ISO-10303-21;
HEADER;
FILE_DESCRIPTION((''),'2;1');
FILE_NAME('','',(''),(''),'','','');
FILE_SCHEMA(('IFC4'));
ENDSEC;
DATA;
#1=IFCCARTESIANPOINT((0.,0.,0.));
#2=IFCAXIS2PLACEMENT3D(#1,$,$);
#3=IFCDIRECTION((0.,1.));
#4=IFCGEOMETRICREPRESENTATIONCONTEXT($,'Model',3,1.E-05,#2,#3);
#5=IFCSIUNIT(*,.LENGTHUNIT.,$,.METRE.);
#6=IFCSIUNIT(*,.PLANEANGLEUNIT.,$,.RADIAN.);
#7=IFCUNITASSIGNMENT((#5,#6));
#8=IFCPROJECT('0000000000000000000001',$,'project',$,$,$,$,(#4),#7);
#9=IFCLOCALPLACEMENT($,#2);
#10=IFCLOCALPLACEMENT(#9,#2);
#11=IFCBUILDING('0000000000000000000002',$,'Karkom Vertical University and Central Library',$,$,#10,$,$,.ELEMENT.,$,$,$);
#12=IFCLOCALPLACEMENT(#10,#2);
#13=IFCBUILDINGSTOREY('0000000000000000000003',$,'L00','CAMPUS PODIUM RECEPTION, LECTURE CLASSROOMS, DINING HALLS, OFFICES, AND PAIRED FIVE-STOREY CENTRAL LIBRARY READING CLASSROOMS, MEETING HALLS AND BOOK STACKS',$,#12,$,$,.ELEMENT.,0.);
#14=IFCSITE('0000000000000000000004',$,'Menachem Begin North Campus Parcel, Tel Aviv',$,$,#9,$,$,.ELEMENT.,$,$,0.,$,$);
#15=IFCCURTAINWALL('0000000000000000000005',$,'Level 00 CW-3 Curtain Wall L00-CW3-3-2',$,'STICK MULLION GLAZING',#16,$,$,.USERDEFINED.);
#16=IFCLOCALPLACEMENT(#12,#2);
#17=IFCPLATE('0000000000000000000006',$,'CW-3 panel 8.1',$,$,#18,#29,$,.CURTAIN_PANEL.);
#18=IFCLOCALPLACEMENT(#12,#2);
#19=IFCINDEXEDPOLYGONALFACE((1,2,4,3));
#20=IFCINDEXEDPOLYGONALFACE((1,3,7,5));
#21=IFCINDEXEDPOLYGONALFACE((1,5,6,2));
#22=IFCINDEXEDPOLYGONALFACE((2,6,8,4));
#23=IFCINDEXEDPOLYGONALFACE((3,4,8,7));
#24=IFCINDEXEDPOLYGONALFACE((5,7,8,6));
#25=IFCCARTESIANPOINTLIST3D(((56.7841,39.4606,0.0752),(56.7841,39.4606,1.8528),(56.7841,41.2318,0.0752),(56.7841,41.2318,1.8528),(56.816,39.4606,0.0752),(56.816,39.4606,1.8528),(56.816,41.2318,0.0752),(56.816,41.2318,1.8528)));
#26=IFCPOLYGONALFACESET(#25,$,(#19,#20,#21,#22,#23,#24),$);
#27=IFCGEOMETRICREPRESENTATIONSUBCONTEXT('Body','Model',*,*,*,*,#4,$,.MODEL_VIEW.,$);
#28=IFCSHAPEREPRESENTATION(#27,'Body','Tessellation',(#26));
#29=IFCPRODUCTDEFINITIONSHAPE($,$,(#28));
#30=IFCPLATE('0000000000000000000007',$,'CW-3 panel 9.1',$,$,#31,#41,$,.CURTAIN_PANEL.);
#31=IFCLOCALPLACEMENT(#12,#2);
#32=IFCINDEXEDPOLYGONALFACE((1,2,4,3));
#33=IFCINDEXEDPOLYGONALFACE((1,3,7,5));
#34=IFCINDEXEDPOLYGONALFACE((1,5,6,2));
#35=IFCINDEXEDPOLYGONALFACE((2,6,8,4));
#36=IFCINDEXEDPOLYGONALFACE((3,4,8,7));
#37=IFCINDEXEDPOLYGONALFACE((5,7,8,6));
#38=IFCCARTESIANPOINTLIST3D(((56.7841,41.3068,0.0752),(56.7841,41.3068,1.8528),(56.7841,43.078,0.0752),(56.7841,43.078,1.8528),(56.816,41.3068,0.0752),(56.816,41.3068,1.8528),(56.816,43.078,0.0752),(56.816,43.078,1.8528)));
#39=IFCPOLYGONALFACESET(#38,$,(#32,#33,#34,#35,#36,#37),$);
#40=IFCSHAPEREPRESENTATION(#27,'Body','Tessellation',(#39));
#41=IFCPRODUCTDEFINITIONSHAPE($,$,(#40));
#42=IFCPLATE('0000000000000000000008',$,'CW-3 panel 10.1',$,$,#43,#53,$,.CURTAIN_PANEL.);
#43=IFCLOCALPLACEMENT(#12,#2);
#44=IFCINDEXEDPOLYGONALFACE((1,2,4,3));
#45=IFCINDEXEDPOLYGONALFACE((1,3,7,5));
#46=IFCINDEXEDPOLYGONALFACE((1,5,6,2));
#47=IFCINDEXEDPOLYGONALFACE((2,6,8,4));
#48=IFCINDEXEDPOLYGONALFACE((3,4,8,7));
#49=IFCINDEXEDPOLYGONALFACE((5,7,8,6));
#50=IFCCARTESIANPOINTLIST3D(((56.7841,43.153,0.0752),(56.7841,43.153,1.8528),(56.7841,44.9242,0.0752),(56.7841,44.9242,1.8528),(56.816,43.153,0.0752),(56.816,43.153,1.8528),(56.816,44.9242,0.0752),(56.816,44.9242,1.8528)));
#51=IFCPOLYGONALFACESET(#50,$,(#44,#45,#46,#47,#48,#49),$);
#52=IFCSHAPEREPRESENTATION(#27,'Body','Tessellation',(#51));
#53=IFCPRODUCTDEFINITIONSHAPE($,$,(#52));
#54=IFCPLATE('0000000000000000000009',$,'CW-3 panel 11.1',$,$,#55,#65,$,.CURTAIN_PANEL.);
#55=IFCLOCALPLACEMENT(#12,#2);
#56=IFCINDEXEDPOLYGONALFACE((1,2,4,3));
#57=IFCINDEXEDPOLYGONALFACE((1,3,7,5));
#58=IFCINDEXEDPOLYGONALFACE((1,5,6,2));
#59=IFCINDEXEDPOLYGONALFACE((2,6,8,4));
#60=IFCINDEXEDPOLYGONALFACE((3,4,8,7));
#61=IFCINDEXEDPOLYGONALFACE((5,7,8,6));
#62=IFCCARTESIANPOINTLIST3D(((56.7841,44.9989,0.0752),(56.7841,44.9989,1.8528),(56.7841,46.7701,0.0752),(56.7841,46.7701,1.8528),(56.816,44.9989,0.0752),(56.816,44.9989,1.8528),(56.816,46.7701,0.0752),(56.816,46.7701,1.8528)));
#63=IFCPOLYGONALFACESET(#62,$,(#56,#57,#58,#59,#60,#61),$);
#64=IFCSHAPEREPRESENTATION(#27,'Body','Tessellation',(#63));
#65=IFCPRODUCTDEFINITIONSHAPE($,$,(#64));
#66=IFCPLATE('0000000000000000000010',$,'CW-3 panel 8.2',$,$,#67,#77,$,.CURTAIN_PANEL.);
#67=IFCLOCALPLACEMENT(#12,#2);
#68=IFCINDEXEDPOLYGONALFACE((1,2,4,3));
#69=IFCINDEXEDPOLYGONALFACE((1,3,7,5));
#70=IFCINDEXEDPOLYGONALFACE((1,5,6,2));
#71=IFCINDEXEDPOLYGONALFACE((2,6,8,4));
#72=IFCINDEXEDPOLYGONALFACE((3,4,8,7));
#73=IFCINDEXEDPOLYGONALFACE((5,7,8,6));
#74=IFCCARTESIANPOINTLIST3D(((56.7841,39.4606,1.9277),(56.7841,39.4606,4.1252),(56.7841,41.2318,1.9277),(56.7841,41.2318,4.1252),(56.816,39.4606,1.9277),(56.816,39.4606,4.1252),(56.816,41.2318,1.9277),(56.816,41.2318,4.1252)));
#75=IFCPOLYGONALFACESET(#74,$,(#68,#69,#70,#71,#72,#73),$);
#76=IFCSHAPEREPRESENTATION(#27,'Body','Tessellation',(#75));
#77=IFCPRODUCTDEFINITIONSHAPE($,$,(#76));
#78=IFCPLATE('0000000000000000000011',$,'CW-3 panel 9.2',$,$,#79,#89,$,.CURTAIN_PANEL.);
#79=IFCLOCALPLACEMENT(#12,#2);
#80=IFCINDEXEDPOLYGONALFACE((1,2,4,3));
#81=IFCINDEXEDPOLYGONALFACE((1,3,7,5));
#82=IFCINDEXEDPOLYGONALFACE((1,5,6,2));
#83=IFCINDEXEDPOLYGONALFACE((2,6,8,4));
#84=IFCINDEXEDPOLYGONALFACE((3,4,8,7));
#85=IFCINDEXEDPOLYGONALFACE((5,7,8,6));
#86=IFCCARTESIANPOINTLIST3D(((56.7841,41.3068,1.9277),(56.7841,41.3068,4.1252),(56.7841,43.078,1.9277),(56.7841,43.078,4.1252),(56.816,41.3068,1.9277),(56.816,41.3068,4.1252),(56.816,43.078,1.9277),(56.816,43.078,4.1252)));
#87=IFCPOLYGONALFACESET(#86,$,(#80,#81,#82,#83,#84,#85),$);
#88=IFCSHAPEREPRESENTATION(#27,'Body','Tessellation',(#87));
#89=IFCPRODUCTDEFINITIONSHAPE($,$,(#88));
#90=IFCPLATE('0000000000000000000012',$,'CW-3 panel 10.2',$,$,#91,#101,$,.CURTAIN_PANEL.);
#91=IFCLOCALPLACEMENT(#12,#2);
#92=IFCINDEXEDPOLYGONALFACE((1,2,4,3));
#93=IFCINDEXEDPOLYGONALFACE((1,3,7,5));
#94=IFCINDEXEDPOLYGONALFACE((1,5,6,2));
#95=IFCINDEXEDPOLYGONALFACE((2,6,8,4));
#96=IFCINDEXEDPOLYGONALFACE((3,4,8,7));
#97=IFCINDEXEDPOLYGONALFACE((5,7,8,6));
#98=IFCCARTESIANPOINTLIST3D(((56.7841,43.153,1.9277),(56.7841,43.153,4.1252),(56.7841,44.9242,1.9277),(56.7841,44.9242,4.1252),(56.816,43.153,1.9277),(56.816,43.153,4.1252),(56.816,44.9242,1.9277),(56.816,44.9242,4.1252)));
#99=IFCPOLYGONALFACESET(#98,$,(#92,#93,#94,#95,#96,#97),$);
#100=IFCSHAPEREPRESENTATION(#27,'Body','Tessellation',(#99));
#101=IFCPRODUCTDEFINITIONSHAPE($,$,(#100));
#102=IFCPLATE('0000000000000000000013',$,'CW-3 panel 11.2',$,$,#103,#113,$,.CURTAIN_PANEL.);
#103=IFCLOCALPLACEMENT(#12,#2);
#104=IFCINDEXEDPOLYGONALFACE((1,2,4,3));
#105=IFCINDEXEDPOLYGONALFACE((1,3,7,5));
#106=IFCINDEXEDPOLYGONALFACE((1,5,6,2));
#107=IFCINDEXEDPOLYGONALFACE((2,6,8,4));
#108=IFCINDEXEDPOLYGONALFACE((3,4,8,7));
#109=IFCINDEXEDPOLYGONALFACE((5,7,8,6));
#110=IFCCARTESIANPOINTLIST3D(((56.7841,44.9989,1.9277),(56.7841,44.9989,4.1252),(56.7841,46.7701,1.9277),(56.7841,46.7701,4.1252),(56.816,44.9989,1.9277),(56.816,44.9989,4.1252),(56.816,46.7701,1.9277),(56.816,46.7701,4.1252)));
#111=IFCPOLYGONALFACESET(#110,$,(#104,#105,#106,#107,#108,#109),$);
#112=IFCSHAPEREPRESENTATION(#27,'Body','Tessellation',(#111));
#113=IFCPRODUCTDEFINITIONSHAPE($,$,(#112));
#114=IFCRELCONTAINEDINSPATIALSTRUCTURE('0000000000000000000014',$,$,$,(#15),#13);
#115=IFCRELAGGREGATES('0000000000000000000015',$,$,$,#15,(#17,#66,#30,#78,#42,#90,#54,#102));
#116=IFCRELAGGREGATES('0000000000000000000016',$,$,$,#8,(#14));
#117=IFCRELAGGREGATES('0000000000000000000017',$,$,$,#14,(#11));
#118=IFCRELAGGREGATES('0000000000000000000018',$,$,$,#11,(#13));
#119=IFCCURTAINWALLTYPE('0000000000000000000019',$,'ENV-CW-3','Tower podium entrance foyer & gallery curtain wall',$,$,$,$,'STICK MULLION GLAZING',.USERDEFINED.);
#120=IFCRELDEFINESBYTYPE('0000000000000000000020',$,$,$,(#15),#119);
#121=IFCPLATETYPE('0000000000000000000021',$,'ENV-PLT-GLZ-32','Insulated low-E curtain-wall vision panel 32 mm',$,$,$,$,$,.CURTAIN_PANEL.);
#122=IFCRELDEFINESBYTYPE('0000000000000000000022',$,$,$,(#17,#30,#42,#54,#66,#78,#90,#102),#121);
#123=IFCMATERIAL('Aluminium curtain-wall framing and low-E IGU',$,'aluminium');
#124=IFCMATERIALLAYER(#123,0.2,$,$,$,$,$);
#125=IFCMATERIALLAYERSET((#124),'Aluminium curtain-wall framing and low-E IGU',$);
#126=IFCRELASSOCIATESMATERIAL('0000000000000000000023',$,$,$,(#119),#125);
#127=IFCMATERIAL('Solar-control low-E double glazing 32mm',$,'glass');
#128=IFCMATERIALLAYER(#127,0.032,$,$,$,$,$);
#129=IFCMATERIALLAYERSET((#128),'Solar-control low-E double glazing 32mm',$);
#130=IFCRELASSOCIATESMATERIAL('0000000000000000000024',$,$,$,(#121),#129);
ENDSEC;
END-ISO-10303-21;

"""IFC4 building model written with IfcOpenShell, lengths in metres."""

from ifc_helpers import new_model, si_unit, direction, frame, origin, origin_with_axes, origin_2d, place, context, subcontext, project, spatial, rectangle, extrude, source, transform, mapped, material, layer, layer_set, type_object, element, aggregate, save


model = new_model("IFC4")

# Units and contexts
model_context = context("Model", 3, precision=1e-05, world=origin(), true_north=direction((0.0, 1.0)))
body_context = subcontext(model_context, "Body", "Model", "MODEL_VIEW")
ifc_project = project(units=[si_unit("LENGTHUNIT", "METRE"), si_unit("PLANEANGLEUNIT", "RADIAN")], contexts=[model_context])

# Site, building, storey
site_placement = place(None, origin())
site = spatial("IfcSite", under=ifc_project, at=site_placement, Name="Menachem Begin North Campus Parcel, Tel Aviv", CompositionType="ELEMENT", RefElevation=0.0)
building_placement = place(site_placement, origin())
building = spatial("IfcBuilding", under=site, at=building_placement, Name="Karkom Vertical University and Central Library", CompositionType="ELEMENT")
storey_placement = place(building_placement, origin())
storey = spatial("IfcBuildingStorey", under=building, at=storey_placement, Name="L00", Description="CAMPUS PODIUM RECEPTION, LECTURE CLASSROOMS, DINING HALLS, OFFICES, AND PAIRED FIVE-STOREY CENTRAL LIBRARY READING CLASSROOMS, MEETING HALLS AND BOOK STACKS", CompositionType="ELEMENT", Elevation=0.0)

# Curtain wall, plates
ifc_material_1 = material(Name="Aluminium curtain-wall framing and low-E IGU", Category="aluminium")
ifc_layer_1 = layer(ifc_material_1, 0.2)
ifc_layer_set_1 = layer_set([ifc_layer_1], Name="Aluminium curtain-wall framing and low-E IGU")
curtain_wall_type = type_object("IfcCurtainWallType", Name="ENV-CW-3", Description="Tower podium entrance foyer & gallery curtain wall", ElementType="STICK MULLION GLAZING", PredefinedType="USERDEFINED", material=ifc_layer_set_1)
curtain_wall_placement = place(storey_placement, origin())
curtain_wall = element("IfcCurtainWall", 1, at=curtain_wall_placement, inside=storey, type_object=curtain_wall_type, Name="Level 00 CW-3 Curtain Wall L00-CW3-3-2", ObjectType="STICK MULLION GLAZING", PredefinedType="USERDEFINED")
ifc_material_2 = material(Name="Solar-control low-E double glazing 32mm", Category="glass")
ifc_layer_2 = layer(ifc_material_2, 0.032)
ifc_layer_set_2 = layer_set([ifc_layer_2], Name="Solar-control low-E double glazing 32mm")
plate_type = type_object("IfcPlateType", Name="ENV-PLT-GLZ-32", Description="Insulated low-E curtain-wall vision panel 32 mm", PredefinedType="CURTAIN_PANEL", material=ifc_layer_set_2)
shared_shape_1 = source(origin_with_axes(), body_context, "Body", "SweptSolid", [
    extrude(rectangle(XDim=1.7712, YDim=0.032, at=origin_2d()), origin(), (0.0, 0.0, 1.0), 1.7776),
])
plate_1_placement = place(storey_placement, frame((56.8, 40.3462, 0.0752), z_axis=(0.0, 0.0, 1.0), x_axis=(0.0, 1.0, 0.0)))
plate_1 = element("IfcPlate", 2, at=plate_1_placement, type_object=plate_type, Name="CW-3 panel 8.1", PredefinedType="CURTAIN_PANEL", context=body_context, shape_type="MappedRepresentation", body=[
    mapped(shared_shape_1, transform((0.0, 0.0, 0.0), scale=1.0)),
])
plate_2_placement = place(storey_placement, frame((56.8, 42.1924, 0.0752), z_axis=(0.0, 0.0, 1.0), x_axis=(0.0, 1.0, 0.0)))
plate_2 = element("IfcPlate", 3, at=plate_2_placement, type_object=plate_type, Name="CW-3 panel 9.1", PredefinedType="CURTAIN_PANEL", context=body_context, shape_type="MappedRepresentation", body=[
    mapped(shared_shape_1, transform((0.0, 0.0, 0.0), scale=1.0)),
])
plate_3_placement = place(storey_placement, frame((56.8, 44.0386, 0.0752), z_axis=(0.0, 0.0, 1.0), x_axis=(0.0, 1.0, 0.0)))
plate_3 = element("IfcPlate", 4, at=plate_3_placement, type_object=plate_type, Name="CW-3 panel 10.1", PredefinedType="CURTAIN_PANEL", context=body_context, shape_type="MappedRepresentation", body=[
    mapped(shared_shape_1, transform((0.0, 0.0, 0.0), scale=1.0)),
])
plate_4_placement = place(storey_placement, frame((56.8, 45.8845, 0.0752), z_axis=(0.0, 0.0, 1.0), x_axis=(0.0, 1.0, 0.0)))
plate_4 = element("IfcPlate", 5, at=plate_4_placement, type_object=plate_type, Name="CW-3 panel 11.1", PredefinedType="CURTAIN_PANEL", context=body_context, shape_type="MappedRepresentation", body=[
    mapped(shared_shape_1, transform((0.0, 0.0, 0.0), scale=1.0)),
])
shared_shape_2 = source(origin_with_axes(), body_context, "Body", "SweptSolid", [
    extrude(rectangle(XDim=1.7712, YDim=0.032, at=origin_2d()), origin(), (0.0, 0.0, 1.0), 2.1975),
])
plate_5_placement = place(storey_placement, frame((56.8, 40.3462, 1.9277), z_axis=(0.0, 0.0, 1.0), x_axis=(0.0, 1.0, 0.0)))
plate_5 = element("IfcPlate", 6, at=plate_5_placement, type_object=plate_type, Name="CW-3 panel 8.2", PredefinedType="CURTAIN_PANEL", context=body_context, shape_type="MappedRepresentation", body=[
    mapped(shared_shape_2, transform((0.0, 0.0, 0.0), scale=1.0)),
])
plate_6_placement = place(storey_placement, frame((56.8, 42.1924, 1.9277), z_axis=(0.0, 0.0, 1.0), x_axis=(0.0, 1.0, 0.0)))
plate_6 = element("IfcPlate", 7, at=plate_6_placement, type_object=plate_type, Name="CW-3 panel 9.2", PredefinedType="CURTAIN_PANEL", context=body_context, shape_type="MappedRepresentation", body=[
    mapped(shared_shape_2, transform((0.0, 0.0, 0.0), scale=1.0)),
])
plate_7_placement = place(storey_placement, frame((56.8, 44.0386, 1.9277), z_axis=(0.0, 0.0, 1.0), x_axis=(0.0, 1.0, 0.0)))
plate_7 = element("IfcPlate", 8, at=plate_7_placement, type_object=plate_type, Name="CW-3 panel 10.2", PredefinedType="CURTAIN_PANEL", context=body_context, shape_type="MappedRepresentation", body=[
    mapped(shared_shape_2, transform((0.0, 0.0, 0.0), scale=1.0)),
])
plate_8_placement = place(storey_placement, frame((56.8, 45.8845, 1.9277), z_axis=(0.0, 0.0, 1.0), x_axis=(0.0, 1.0, 0.0)))
plate_8 = element("IfcPlate", 9, at=plate_8_placement, type_object=plate_type, Name="CW-3 panel 11.2", PredefinedType="CURTAIN_PANEL", context=body_context, shape_type="MappedRepresentation", body=[
    mapped(shared_shape_2, transform((0.0, 0.0, 0.0), scale=1.0)),
])
aggregate(curtain_wall, [plate_1, plate_5, plate_2, plate_6, plate_3, plate_7, plate_4, plate_8])

save(model, "model.ifc")
